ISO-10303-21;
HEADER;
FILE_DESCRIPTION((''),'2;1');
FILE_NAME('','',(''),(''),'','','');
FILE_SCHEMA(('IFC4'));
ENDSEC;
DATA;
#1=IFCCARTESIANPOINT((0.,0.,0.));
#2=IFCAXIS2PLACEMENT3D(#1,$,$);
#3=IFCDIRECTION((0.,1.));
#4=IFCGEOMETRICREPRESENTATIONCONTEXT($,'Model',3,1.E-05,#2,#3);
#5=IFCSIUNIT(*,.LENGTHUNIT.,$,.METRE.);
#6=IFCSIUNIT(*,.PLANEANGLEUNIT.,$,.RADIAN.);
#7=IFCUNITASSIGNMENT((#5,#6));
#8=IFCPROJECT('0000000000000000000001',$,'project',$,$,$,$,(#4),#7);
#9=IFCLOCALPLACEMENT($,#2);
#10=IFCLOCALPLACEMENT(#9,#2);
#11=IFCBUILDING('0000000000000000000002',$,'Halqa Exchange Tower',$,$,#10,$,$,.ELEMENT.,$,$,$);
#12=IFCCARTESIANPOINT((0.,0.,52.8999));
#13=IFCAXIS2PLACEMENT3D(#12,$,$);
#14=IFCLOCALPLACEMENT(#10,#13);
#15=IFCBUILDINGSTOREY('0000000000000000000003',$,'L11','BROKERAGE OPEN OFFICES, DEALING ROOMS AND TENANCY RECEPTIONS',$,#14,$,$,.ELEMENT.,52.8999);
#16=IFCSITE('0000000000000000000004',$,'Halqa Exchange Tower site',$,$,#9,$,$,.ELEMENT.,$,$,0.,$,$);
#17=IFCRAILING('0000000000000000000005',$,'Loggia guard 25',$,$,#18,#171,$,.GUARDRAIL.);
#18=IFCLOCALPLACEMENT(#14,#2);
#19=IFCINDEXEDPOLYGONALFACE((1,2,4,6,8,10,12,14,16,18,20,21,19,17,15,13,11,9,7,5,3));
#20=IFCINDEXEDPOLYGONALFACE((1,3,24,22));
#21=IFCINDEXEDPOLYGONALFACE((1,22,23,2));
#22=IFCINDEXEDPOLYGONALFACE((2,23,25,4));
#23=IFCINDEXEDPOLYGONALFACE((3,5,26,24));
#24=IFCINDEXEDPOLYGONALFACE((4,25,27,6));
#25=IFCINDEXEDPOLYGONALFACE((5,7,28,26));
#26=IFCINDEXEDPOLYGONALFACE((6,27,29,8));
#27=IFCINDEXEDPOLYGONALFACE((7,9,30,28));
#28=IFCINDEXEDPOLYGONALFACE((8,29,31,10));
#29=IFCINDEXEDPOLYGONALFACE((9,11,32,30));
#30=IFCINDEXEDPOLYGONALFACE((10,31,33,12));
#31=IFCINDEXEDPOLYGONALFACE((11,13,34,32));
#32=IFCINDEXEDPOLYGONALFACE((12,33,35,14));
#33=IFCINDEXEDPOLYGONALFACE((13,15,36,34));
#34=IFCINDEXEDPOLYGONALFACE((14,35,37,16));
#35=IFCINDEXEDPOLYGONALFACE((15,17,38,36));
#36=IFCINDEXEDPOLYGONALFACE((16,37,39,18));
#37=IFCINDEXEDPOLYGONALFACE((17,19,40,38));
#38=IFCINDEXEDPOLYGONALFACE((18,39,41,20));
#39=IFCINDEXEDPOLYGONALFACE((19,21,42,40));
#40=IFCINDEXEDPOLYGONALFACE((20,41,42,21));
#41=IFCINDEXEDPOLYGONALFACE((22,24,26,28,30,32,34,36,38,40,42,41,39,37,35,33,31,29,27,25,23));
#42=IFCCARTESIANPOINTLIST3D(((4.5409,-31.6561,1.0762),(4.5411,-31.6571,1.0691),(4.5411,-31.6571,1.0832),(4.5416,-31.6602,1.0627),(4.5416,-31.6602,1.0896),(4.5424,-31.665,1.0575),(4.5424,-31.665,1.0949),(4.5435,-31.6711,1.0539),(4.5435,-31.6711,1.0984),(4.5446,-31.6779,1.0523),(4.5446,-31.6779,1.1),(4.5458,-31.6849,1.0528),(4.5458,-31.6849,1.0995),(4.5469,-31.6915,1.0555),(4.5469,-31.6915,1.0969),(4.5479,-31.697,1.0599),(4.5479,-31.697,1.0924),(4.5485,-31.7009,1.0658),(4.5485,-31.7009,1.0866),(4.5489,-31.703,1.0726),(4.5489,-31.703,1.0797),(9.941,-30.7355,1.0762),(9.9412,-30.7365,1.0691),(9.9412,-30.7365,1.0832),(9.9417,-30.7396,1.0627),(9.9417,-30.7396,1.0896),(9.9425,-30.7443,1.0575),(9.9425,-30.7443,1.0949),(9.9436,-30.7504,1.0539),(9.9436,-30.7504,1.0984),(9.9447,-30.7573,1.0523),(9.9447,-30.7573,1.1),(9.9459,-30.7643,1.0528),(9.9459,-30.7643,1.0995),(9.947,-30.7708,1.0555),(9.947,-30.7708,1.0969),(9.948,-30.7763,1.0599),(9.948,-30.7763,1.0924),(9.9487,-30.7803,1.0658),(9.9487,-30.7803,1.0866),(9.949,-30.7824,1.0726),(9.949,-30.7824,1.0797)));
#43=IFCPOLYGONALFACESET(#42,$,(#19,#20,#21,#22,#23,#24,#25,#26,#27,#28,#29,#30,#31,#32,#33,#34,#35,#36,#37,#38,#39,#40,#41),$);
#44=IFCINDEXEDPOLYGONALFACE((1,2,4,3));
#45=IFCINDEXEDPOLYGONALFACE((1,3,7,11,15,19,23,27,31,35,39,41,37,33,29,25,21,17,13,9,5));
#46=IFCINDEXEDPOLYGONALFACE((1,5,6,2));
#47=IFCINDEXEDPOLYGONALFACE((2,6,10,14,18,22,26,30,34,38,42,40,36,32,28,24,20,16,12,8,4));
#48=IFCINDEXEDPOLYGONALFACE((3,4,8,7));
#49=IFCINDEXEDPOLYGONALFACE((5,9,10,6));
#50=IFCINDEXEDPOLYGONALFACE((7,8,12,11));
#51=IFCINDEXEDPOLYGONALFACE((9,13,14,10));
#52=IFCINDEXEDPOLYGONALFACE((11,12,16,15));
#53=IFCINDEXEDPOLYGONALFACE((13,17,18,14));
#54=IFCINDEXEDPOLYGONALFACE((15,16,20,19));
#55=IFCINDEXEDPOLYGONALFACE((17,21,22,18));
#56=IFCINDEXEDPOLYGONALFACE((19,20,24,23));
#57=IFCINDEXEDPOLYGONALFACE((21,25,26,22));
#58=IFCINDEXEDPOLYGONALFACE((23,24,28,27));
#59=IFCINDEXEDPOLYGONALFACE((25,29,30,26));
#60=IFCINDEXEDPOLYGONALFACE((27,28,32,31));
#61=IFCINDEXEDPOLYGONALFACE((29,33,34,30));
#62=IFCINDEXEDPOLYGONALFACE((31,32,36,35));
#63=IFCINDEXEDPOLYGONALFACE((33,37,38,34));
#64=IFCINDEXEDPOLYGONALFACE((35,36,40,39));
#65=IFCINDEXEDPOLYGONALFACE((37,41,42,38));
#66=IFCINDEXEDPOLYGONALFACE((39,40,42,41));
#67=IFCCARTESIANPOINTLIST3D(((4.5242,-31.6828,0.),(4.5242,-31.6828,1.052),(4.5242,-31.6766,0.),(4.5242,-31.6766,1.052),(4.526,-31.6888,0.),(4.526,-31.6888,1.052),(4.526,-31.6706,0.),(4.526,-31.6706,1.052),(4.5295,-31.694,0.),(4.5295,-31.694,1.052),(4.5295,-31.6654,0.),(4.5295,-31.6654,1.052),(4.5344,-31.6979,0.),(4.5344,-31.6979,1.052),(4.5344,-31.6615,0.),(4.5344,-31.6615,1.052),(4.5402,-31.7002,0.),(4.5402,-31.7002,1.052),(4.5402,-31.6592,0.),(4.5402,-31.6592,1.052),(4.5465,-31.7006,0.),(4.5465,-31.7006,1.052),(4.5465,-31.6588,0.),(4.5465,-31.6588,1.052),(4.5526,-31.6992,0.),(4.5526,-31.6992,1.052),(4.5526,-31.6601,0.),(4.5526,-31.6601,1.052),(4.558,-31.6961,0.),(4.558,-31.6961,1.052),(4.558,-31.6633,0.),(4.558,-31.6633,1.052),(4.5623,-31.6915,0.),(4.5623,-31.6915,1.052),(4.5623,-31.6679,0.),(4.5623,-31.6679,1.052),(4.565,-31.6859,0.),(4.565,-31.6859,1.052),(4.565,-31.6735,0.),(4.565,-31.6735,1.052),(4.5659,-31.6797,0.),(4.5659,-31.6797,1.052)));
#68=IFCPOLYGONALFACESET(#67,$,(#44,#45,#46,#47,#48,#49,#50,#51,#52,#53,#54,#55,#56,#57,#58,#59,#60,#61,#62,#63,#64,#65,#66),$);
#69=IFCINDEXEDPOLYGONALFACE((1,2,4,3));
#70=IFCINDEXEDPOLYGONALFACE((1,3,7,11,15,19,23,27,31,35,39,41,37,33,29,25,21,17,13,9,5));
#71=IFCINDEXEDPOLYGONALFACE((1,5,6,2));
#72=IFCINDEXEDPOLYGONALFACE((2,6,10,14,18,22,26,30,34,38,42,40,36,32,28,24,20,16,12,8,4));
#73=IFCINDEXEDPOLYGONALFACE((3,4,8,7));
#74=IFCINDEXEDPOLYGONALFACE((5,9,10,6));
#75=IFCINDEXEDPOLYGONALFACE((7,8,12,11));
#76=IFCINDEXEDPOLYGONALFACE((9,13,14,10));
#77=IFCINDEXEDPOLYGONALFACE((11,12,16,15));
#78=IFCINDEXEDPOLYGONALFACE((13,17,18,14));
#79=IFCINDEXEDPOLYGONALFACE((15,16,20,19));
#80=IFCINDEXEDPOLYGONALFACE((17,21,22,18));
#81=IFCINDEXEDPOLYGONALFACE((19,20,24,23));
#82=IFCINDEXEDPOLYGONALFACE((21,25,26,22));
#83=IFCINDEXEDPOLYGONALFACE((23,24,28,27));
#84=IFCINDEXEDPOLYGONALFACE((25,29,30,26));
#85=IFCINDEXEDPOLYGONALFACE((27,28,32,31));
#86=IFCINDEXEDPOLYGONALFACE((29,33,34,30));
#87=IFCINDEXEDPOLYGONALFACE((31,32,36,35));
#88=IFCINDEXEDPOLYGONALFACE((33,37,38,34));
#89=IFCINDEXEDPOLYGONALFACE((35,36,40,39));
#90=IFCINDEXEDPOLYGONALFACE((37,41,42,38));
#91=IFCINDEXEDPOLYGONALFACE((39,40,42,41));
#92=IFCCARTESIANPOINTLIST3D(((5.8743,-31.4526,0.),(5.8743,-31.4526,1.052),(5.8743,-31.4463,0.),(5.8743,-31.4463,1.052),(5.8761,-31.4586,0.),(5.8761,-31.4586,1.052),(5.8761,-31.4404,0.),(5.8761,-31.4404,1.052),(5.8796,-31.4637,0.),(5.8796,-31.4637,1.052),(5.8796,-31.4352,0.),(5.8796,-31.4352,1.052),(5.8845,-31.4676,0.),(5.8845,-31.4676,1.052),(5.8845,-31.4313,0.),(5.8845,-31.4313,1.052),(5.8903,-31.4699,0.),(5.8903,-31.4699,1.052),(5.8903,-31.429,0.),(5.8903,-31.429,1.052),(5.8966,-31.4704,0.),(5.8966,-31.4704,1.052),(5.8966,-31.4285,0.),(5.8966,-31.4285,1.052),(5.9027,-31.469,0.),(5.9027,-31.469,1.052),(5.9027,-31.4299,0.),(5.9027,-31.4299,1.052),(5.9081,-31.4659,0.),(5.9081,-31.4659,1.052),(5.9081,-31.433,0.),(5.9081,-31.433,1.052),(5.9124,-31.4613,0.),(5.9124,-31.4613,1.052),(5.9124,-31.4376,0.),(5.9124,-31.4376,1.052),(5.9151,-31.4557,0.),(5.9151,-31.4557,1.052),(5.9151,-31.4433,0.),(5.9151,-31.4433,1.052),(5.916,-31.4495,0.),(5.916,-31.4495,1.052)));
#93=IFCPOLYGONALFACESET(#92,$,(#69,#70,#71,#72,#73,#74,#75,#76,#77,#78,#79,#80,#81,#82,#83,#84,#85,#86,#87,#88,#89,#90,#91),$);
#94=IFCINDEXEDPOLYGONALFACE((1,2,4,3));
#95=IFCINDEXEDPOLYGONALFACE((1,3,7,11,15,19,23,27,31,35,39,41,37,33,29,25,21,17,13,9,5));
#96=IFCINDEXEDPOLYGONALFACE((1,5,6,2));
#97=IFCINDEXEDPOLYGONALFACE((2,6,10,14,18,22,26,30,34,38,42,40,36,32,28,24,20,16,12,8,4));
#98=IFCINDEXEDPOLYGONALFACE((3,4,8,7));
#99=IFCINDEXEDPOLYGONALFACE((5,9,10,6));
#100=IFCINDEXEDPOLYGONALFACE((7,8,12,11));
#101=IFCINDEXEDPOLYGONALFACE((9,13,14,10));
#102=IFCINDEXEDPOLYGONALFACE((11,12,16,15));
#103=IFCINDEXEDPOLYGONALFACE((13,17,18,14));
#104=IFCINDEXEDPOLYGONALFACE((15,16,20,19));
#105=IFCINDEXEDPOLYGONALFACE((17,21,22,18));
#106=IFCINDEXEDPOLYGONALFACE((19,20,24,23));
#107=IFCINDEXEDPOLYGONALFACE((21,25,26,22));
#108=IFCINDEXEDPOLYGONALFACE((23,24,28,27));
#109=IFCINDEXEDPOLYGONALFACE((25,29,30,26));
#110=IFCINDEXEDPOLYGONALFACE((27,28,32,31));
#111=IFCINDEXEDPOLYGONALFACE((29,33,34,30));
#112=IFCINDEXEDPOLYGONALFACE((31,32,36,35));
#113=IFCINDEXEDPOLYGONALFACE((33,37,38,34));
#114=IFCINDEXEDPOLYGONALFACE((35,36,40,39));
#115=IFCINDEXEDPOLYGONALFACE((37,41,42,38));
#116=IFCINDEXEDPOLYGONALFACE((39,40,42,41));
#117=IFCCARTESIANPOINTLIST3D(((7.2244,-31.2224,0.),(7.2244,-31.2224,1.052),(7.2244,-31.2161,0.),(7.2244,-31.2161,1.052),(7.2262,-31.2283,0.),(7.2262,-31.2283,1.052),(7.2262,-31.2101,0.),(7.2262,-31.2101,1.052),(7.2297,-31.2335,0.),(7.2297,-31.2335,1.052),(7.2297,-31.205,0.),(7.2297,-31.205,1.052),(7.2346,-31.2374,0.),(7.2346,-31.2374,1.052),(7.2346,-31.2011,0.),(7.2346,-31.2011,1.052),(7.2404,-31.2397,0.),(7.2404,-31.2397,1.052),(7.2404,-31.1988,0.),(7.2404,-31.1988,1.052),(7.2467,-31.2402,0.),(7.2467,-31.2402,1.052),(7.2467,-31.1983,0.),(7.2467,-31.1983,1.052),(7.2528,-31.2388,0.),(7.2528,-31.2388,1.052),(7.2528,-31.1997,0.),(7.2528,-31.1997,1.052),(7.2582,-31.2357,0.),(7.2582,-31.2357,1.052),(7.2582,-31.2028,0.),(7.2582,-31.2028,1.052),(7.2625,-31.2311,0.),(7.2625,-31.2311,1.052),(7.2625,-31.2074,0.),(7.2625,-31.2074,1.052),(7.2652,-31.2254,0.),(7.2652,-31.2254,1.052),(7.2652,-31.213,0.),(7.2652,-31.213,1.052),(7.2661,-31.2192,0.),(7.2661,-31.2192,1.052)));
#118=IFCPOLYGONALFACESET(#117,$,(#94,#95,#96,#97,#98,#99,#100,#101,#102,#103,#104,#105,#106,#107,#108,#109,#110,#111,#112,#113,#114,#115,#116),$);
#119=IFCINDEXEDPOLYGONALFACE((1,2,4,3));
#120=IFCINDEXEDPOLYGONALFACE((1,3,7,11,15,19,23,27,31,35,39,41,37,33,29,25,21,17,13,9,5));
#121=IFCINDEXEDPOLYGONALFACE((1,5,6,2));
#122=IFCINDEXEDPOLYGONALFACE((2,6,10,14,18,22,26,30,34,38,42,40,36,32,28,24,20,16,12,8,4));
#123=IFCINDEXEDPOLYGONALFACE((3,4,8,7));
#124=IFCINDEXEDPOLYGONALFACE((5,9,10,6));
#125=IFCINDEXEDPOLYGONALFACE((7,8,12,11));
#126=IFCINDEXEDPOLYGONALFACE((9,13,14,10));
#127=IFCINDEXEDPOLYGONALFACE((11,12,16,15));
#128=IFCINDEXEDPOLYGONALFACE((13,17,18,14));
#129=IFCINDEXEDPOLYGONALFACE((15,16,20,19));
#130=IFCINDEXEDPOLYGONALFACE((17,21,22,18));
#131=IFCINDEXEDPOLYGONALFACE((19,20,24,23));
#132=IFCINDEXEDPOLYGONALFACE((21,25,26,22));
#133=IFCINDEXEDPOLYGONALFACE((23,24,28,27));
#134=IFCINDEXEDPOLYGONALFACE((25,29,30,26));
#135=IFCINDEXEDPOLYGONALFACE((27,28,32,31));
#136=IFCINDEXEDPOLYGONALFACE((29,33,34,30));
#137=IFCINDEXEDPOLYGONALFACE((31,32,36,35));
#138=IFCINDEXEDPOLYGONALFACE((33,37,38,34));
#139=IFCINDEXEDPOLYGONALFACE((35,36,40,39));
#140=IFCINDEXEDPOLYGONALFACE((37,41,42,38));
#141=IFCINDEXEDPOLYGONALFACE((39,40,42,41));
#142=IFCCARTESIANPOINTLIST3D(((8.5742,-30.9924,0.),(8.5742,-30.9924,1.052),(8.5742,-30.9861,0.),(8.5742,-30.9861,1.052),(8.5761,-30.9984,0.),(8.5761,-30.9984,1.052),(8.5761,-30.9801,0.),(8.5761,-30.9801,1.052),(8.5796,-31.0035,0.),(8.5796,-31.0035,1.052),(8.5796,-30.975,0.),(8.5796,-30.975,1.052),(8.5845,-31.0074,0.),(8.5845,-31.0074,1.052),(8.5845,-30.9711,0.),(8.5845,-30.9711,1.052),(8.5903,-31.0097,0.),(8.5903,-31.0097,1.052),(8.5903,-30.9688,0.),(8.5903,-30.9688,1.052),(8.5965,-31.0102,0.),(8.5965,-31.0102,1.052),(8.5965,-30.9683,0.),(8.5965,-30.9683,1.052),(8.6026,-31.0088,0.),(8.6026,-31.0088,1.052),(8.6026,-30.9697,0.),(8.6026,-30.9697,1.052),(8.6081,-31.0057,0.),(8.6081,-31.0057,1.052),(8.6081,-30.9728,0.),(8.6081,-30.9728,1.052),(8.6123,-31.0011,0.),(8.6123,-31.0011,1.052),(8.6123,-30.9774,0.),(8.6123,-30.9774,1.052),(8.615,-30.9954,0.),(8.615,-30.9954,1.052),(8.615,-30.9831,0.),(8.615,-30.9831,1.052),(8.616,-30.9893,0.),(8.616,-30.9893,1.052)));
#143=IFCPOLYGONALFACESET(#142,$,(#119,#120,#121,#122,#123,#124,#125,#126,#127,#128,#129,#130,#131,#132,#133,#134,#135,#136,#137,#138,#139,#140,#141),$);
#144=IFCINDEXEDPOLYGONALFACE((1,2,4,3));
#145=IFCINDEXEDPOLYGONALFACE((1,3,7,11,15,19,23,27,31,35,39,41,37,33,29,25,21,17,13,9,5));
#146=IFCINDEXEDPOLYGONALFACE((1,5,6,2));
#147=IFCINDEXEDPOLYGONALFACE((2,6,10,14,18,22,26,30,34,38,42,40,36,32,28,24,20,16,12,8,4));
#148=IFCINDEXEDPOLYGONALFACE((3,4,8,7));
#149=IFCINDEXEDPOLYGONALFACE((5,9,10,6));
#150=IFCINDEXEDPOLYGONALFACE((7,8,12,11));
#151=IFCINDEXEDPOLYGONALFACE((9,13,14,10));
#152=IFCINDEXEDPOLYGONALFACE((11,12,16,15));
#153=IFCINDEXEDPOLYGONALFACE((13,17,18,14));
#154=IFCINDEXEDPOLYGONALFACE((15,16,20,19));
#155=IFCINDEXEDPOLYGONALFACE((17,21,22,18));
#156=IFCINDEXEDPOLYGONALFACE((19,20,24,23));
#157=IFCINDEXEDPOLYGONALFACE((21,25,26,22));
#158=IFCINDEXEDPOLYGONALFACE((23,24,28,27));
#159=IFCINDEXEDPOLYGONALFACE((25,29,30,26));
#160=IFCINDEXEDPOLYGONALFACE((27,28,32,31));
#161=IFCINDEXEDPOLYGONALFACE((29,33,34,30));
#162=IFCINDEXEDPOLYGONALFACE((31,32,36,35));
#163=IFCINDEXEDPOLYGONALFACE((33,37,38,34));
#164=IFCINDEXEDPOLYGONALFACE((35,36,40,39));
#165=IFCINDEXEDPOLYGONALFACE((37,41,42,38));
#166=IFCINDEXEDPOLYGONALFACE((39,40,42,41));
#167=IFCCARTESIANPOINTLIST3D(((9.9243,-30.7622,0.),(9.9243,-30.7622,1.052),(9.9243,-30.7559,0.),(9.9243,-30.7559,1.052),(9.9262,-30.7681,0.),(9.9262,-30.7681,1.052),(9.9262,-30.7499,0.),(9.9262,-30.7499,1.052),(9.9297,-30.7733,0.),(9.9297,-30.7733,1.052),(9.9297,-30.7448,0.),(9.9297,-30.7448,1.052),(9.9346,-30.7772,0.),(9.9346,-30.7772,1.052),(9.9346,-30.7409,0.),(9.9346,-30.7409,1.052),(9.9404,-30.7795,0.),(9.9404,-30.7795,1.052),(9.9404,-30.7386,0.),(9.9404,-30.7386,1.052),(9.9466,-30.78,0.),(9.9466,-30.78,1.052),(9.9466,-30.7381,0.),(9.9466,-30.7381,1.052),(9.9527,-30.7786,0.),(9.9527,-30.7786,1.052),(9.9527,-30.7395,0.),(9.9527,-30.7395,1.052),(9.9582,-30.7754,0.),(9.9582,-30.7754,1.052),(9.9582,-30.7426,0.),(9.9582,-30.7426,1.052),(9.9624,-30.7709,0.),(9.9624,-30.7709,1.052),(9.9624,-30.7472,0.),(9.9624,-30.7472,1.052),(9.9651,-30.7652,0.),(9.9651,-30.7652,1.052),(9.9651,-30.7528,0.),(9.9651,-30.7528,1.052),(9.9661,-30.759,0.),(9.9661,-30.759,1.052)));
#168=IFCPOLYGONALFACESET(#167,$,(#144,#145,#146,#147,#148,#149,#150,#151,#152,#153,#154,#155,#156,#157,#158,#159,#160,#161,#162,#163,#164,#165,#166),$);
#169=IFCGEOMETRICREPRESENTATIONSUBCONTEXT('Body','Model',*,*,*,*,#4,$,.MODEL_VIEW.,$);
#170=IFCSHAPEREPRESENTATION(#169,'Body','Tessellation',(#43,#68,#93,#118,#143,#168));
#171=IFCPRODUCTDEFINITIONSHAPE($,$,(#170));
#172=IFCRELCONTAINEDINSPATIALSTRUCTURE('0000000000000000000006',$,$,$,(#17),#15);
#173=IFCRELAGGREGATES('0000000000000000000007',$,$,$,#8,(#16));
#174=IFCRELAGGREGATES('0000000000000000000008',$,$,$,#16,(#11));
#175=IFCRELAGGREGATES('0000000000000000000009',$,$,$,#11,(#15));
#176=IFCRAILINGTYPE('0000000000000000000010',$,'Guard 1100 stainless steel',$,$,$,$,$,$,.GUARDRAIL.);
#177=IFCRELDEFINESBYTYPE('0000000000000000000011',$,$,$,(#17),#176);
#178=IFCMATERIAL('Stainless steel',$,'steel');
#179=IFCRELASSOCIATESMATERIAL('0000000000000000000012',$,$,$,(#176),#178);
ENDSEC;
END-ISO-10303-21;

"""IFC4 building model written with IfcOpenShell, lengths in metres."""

from ifc_helpers import new_model, si_unit, direction, frame, origin, origin_2d, place, context, subcontext, project, spatial, circle, extrude, material, type_object, element, save


model = new_model("IFC4")

# Units and contexts
model_context = context("Model", 3, precision=1e-05, world=origin(), true_north=direction((0.0, 1.0)))
body_context = subcontext(model_context, "Body", "Model", "MODEL_VIEW")
ifc_project = project(units=[si_unit("LENGTHUNIT", "METRE"), si_unit("PLANEANGLEUNIT", "RADIAN")], contexts=[model_context])

# Site, building, storey
site_placement = place(None, origin())
site = spatial("IfcSite", under=ifc_project, at=site_placement, Name="Halqa Exchange Tower site", CompositionType="ELEMENT", RefElevation=0.0)
building_placement = place(site_placement, origin())
building = spatial("IfcBuilding", under=site, at=building_placement, Name="Halqa Exchange Tower", CompositionType="ELEMENT")
storey_placement = place(building_placement, frame((0.0, 0.0, 52.8999)))
storey = spatial("IfcBuildingStorey", under=building, at=storey_placement, Name="L11", Description="BROKERAGE OPEN OFFICES, DEALING ROOMS AND TENANCY RECEPTIONS", CompositionType="ELEMENT", Elevation=52.8999)

# Railing
ifc_material_1 = material(Name="Stainless steel", Category="steel")
railing_type = type_object("IfcRailingType", Name="Guard 1100 stainless steel", PredefinedType="GUARDRAIL", material=ifc_material_1)
railing_1_placement = place(storey_placement, frame((4.5449, -31.6797, 0.0)))
element("IfcRailing", 1, at=railing_1_placement, inside=storey, type_object=railing_type, Name="Loggia guard 25", PredefinedType="GUARDRAIL", context=body_context, shape_type="SweptSolid", body=[
    extrude(circle(Radius=0.0239, at=origin_2d()), frame((0.0, 0.0, 1.0762), z_axis=(0.985776, 0.168062, 0.0), x_axis=(-0.168062, 0.985776, 0.0)), (0.0, 0.0, 1.0), 5.478),
    extrude(circle(Radius=0.021, at=origin_2d()), origin(), (0.0, 0.0, 1.0), 1.052),
    extrude(circle(Radius=0.021, at=origin_2d()), frame((1.3501, 0.2302, 0.0)), (0.0, 0.0, 1.0), 1.052),
    extrude(circle(Radius=0.021, at=origin_2d()), frame((2.7002, 0.4604, 0.0)), (0.0, 0.0, 1.0), 1.052),
    extrude(circle(Radius=0.021, at=origin_2d()), frame((4.05, 0.6904, 0.0)), (0.0, 0.0, 1.0), 1.052),
    extrude(circle(Radius=0.021, at=origin_2d()), frame((5.4001, 0.9207, 0.0)), (0.0, 0.0, 1.0), 1.052),
])

save(model, "model.ifc")
